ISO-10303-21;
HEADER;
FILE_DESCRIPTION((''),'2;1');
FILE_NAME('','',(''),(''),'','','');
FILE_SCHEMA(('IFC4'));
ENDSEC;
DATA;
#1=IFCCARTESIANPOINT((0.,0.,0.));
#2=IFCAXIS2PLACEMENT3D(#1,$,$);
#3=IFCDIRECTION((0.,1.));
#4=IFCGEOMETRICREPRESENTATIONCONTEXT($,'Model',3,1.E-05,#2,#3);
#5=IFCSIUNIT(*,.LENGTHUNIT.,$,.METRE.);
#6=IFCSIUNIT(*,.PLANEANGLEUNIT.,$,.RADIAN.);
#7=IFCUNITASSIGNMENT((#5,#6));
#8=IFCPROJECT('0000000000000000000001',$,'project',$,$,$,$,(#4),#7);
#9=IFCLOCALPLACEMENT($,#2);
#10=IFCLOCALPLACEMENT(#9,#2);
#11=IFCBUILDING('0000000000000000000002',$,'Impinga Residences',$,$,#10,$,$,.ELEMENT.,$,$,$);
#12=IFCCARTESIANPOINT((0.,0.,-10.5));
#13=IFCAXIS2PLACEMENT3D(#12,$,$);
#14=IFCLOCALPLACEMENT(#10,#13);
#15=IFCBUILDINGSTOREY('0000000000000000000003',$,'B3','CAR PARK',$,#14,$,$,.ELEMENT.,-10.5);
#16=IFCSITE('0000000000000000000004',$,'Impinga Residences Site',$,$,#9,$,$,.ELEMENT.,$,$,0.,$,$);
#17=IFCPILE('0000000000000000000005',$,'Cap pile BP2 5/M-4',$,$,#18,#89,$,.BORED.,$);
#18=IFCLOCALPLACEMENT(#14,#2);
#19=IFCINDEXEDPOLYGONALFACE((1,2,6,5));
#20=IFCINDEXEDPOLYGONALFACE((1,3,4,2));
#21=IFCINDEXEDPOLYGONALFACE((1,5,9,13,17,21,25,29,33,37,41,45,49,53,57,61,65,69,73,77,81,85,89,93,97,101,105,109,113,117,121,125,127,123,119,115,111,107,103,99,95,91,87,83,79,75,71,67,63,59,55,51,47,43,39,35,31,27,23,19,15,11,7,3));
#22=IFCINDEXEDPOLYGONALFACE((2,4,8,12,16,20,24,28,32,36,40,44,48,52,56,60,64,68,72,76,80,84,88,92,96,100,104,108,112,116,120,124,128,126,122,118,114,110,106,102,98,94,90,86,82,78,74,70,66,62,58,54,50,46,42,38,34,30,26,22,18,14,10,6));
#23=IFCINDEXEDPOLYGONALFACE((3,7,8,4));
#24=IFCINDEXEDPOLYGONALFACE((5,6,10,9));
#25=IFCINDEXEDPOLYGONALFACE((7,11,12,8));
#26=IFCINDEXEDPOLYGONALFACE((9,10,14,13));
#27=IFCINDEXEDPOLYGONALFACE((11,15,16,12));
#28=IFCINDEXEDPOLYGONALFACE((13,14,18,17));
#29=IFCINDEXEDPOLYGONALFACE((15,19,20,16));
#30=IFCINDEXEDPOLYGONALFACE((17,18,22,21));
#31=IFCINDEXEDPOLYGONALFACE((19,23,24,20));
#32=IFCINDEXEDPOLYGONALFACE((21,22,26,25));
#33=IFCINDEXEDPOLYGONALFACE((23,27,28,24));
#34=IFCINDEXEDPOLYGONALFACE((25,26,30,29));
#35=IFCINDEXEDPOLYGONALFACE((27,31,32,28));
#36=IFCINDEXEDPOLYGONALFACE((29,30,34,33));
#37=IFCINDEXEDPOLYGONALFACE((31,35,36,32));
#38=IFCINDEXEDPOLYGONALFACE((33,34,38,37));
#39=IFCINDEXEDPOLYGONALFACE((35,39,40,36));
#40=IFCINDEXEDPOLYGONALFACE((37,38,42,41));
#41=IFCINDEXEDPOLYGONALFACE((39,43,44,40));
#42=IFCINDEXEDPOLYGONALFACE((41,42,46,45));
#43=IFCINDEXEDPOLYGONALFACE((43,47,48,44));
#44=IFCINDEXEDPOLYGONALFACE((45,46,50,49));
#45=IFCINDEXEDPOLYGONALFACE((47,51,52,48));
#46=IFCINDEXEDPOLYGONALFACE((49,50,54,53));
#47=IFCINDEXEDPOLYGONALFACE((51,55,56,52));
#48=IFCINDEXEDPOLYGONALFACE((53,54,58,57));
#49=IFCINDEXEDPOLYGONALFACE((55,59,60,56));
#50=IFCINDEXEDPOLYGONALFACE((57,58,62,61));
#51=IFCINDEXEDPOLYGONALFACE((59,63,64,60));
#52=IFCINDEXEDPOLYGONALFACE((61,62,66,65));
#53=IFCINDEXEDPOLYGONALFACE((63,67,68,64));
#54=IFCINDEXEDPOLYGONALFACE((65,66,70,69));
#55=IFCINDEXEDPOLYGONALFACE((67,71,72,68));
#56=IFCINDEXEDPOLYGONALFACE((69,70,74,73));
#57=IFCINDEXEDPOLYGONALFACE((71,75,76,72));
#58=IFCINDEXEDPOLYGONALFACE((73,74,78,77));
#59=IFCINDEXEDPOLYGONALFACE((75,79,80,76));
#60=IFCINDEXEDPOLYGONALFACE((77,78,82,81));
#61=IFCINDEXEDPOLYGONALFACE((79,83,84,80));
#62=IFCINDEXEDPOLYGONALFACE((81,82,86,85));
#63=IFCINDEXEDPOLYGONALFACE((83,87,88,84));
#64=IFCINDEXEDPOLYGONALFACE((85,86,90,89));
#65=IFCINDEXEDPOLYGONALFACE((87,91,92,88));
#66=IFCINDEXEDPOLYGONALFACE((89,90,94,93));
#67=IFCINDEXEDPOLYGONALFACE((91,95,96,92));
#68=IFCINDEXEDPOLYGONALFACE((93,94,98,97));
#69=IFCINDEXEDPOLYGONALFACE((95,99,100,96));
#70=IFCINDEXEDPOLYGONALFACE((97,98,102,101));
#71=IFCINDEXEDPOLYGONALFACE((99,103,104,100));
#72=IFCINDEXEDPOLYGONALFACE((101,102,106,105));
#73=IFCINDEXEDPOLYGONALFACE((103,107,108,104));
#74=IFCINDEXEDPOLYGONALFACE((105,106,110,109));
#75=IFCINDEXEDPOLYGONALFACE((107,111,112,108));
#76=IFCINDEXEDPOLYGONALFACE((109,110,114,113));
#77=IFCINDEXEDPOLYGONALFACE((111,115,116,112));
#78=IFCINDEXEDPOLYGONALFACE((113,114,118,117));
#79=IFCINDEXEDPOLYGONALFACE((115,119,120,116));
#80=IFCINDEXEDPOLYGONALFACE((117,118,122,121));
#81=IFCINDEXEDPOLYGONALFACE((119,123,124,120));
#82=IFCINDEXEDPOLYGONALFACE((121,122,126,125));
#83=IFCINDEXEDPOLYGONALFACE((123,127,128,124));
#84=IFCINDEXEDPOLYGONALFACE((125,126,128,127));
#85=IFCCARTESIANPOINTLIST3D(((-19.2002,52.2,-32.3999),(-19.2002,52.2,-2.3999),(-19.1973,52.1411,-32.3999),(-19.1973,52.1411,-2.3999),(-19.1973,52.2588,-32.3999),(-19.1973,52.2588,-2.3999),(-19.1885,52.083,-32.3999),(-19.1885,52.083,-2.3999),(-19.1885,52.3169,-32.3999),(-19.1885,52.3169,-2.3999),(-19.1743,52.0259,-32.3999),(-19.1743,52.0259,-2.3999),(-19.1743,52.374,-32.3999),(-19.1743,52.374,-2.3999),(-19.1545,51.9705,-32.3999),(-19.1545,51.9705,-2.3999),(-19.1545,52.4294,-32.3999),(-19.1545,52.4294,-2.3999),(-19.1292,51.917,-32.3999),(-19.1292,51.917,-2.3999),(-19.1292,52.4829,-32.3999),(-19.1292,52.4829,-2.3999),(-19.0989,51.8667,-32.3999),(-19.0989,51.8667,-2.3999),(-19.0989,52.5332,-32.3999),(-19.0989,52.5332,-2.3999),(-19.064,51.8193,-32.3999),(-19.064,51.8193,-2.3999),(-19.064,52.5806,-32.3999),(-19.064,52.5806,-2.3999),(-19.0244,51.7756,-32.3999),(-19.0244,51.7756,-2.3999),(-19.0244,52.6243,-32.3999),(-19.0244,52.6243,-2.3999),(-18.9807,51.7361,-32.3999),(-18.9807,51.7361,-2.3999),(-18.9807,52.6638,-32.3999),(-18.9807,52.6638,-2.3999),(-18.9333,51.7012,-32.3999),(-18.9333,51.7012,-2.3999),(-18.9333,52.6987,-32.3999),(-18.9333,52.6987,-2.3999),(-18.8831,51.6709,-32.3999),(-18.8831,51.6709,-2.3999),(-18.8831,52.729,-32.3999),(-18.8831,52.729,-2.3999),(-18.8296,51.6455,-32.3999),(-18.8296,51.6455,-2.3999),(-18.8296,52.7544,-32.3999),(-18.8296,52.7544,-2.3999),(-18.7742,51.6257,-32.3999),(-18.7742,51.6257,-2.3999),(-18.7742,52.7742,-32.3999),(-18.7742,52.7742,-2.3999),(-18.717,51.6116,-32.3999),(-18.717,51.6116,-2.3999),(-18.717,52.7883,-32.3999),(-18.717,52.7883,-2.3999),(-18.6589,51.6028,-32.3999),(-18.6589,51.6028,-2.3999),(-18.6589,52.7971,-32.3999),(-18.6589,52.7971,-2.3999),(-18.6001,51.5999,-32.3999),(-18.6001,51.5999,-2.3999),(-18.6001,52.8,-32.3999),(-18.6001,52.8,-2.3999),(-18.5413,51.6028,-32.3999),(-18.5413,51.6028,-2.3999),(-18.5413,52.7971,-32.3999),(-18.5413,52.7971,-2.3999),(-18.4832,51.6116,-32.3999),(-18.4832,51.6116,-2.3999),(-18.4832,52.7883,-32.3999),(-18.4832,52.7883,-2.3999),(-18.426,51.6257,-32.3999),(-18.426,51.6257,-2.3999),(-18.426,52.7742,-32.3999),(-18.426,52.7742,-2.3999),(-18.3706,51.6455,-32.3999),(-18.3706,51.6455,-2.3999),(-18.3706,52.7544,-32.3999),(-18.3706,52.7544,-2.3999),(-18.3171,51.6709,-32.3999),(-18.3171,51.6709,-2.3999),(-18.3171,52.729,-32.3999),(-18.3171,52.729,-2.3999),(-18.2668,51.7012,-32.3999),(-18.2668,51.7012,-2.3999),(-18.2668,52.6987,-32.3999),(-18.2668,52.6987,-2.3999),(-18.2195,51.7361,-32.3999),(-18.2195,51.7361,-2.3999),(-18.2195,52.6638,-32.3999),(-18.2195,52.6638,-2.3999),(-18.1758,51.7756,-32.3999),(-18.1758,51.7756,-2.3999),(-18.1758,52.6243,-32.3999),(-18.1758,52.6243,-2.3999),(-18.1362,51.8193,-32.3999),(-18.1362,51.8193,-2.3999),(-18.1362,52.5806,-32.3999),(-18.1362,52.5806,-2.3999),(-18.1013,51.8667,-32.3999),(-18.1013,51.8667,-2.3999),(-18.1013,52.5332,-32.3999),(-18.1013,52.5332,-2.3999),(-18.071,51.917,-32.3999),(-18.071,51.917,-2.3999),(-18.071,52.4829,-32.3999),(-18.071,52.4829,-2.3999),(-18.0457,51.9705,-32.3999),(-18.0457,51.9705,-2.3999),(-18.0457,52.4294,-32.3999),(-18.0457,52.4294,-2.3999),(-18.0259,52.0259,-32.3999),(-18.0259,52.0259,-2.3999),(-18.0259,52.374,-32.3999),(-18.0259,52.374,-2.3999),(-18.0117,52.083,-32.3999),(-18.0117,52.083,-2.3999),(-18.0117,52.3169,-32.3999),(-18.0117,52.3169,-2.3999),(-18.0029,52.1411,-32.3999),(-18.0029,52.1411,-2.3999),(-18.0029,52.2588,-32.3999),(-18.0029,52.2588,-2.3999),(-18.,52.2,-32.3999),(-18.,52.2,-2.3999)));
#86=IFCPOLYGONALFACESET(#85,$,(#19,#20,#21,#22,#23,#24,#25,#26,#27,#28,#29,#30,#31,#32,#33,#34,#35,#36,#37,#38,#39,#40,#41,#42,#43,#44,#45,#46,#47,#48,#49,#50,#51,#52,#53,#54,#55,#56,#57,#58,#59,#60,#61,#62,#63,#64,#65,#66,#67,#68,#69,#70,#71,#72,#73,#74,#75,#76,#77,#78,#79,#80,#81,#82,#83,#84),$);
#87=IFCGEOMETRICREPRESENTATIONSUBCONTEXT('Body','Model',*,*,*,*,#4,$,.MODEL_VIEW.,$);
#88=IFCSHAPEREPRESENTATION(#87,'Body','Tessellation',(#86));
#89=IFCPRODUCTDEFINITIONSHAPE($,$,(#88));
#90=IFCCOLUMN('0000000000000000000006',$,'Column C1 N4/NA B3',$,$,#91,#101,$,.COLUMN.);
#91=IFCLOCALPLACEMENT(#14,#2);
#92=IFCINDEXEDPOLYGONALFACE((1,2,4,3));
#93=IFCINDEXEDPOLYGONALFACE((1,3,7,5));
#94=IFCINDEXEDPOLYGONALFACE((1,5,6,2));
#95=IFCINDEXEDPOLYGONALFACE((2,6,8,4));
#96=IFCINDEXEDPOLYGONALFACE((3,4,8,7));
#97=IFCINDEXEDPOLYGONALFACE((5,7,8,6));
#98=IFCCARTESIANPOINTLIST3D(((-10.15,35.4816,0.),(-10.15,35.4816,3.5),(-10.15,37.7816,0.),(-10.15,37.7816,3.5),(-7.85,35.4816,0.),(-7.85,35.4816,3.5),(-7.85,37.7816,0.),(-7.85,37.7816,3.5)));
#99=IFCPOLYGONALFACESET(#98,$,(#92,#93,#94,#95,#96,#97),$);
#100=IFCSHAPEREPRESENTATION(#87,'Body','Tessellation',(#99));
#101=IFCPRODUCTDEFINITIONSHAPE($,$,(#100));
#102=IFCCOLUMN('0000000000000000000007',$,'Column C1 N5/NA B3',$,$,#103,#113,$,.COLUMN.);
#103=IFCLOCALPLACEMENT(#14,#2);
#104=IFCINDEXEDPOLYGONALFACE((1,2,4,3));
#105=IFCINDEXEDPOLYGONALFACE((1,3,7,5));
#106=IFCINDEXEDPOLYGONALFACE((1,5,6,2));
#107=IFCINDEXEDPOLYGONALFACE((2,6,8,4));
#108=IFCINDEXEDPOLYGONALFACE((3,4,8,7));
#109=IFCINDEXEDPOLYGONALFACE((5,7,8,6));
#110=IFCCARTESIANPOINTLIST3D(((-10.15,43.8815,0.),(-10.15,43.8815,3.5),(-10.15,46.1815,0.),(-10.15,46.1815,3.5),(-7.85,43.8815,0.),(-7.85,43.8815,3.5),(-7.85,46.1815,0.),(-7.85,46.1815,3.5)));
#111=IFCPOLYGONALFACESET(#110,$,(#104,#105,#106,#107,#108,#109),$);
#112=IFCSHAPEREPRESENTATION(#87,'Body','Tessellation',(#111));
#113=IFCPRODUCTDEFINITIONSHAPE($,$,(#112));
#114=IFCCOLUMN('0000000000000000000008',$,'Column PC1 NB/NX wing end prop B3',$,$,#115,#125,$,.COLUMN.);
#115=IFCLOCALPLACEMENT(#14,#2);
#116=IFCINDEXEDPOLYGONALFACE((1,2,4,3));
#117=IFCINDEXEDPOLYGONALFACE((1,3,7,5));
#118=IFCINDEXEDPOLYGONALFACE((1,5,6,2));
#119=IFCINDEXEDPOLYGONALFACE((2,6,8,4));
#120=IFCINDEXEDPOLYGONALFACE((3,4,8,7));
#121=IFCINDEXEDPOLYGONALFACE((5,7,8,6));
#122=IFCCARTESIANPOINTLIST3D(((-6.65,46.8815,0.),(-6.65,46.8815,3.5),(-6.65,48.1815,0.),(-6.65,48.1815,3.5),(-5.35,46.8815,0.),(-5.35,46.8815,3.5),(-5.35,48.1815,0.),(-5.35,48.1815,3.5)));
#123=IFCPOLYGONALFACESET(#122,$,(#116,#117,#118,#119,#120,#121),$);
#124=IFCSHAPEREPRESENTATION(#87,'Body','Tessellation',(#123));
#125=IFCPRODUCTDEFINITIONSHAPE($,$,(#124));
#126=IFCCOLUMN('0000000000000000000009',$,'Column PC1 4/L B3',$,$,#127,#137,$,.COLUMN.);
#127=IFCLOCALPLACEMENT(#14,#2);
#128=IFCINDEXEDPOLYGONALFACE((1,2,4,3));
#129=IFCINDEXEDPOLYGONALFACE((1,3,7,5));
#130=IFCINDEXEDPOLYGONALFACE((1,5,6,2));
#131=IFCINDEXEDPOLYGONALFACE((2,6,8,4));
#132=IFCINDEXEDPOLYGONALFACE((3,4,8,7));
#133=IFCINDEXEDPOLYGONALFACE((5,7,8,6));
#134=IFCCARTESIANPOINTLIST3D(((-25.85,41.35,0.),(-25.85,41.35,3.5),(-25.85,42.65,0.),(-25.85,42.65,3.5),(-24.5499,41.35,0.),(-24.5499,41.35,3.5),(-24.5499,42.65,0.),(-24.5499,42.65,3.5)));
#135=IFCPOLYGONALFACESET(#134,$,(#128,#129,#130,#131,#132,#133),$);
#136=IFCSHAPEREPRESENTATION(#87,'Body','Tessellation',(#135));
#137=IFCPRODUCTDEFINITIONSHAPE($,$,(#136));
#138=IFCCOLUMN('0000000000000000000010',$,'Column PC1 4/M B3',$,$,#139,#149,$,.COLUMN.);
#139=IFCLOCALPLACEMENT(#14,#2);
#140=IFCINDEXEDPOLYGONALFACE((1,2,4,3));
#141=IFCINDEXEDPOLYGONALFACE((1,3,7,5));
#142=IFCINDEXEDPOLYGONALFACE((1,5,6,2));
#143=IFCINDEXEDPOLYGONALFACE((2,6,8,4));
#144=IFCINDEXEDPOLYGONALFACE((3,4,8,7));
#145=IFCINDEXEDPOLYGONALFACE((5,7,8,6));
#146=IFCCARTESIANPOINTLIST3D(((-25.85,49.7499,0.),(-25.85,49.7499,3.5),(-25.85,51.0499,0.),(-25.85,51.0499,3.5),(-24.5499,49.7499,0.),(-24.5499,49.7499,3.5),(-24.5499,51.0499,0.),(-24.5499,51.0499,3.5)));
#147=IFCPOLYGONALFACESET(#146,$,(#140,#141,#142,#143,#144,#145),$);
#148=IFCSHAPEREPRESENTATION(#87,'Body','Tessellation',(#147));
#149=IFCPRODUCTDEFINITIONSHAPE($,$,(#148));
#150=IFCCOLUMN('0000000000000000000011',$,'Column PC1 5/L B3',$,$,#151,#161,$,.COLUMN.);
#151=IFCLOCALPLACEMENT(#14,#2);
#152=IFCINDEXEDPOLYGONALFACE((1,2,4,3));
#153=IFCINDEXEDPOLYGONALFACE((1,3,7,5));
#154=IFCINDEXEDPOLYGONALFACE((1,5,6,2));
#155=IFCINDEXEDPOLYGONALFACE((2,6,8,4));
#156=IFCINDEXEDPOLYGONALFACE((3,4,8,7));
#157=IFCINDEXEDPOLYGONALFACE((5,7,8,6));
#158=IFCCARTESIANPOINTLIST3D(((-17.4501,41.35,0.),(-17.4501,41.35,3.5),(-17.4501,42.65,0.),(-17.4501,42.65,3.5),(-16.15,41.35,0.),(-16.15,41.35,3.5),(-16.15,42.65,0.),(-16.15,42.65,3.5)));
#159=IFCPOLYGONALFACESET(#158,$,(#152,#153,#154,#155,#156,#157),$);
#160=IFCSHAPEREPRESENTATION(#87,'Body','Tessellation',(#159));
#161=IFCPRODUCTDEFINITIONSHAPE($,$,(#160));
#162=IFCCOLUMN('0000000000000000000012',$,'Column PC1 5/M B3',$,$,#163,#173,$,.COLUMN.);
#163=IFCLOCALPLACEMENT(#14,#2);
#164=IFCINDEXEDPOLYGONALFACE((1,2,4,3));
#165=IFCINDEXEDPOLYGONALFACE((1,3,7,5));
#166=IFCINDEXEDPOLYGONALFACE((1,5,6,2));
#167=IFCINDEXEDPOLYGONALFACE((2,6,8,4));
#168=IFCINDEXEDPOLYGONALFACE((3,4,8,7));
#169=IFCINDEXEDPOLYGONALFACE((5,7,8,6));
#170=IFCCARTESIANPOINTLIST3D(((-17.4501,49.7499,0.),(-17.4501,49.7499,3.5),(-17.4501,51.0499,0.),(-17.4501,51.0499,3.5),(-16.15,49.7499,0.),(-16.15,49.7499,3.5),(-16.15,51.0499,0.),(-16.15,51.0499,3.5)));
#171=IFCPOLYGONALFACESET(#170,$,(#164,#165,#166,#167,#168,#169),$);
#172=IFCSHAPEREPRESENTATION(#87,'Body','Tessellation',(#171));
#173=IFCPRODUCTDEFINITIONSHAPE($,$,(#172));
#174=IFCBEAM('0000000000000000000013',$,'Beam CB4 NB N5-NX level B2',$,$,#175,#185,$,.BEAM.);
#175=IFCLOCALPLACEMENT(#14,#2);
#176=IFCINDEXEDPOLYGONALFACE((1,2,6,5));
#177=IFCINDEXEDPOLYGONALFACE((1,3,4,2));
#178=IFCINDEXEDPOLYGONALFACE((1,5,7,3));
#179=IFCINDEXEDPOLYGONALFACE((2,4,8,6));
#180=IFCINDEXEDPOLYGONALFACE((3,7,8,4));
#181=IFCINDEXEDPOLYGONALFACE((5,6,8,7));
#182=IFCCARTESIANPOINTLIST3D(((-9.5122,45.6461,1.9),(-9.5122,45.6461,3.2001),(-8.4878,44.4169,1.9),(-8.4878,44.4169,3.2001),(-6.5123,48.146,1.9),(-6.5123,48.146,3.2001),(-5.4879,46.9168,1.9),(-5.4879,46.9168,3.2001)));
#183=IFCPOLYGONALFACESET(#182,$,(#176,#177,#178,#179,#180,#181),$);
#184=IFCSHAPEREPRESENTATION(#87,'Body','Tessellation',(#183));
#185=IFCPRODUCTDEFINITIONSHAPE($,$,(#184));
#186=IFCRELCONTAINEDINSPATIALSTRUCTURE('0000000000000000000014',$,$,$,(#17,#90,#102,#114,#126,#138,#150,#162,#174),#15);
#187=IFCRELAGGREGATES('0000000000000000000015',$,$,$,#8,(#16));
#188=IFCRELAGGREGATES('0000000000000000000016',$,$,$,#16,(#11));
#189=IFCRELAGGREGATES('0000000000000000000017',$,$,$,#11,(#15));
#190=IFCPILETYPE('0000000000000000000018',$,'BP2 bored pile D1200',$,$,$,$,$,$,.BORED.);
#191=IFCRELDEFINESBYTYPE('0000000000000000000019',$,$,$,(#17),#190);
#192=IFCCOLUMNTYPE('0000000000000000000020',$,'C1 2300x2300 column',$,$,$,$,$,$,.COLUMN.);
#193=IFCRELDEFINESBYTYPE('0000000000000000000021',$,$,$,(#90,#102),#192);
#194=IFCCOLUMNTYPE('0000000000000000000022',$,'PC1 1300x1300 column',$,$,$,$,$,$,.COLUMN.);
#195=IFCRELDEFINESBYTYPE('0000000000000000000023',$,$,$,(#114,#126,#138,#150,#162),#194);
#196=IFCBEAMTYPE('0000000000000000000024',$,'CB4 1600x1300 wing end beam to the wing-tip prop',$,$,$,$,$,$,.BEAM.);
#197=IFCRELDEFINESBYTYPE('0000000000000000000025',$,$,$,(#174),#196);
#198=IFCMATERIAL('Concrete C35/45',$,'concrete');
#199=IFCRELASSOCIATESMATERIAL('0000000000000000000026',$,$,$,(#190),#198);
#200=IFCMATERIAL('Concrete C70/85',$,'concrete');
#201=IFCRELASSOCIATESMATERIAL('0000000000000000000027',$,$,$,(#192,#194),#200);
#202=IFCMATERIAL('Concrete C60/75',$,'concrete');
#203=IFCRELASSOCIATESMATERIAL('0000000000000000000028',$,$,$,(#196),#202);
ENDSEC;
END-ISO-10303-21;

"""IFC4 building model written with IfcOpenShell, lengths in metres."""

from ifc_helpers import new_model, si_unit, direction, frame, origin, origin_2d, place, context, subcontext, project, spatial, polyline, rectangle, circle, outline, extrude, material, material_profile, profile_set, type_object, element, save


model = new_model("IFC4")

# Units and contexts
model_context = context("Model", 3, precision=1e-05, world=origin(), true_north=direction((0.0, 1.0)))
body_context = subcontext(model_context, "Body", "Model", "MODEL_VIEW")
ifc_project = project(units=[si_unit("LENGTHUNIT", "METRE"), si_unit("PLANEANGLEUNIT", "RADIAN")], contexts=[model_context])

# Site, building, storey
site_placement = place(None, origin())
site = spatial("IfcSite", under=ifc_project, at=site_placement, Name="Impinga Residences Site", CompositionType="ELEMENT", RefElevation=0.0)
building_placement = place(site_placement, origin())
building = spatial("IfcBuilding", under=site, at=building_placement, Name="Impinga Residences", CompositionType="ELEMENT")
storey_placement = place(building_placement, frame((0.0, 0.0, -10.5)))
storey = spatial("IfcBuildingStorey", under=building, at=storey_placement, Name="B3", Description="CAR PARK", CompositionType="ELEMENT", Elevation=-10.5)

# Pile
ifc_material_1 = material(Name="Concrete C35/45", Category="concrete")
ifc_material_profile_1 = material_profile(ifc_material_1, circle(Radius=0.6001, at=origin_2d()), Name="D1200")
ifc_profile_set_1 = profile_set([ifc_material_profile_1], Name="Concrete C35/45")
pile_type_1 = type_object("IfcPileType", Name="BP2 bored pile D1200", PredefinedType="BORED", material=ifc_profile_set_1)
pile_1_placement = place(storey_placement, frame((-18.6001, 52.2, -2.3999), z_axis=(0.0, 0.0, -1.0), x_axis=(1.0, 0.0, 0.0)))
element("IfcPile", 1, at=pile_1_placement, inside=storey, type_object=pile_type_1, Name="Cap pile BP2 5/M-4", PredefinedType="BORED", context=body_context, shape_type="SweptSolid", body=[
    extrude(outline(polyline([(0.6001, 0.0), (0.5972, 0.0588), (0.5884, 0.1169), (0.5742, 0.1741), (0.5544, 0.2295), (0.5291, 0.283), (0.4988, 0.3333), (0.4639, 0.3806), (0.4243, 0.4243), (0.3806, 0.4639), (0.3333, 0.4988), (0.283, 0.5291), (0.2295, 0.5544), (0.1741, 0.5742), (0.1169, 0.5884), (0.0588, 0.5972), (0.0, 0.6001), (-0.0588, 0.5972), (-0.1169, 0.5884), (-0.1741, 0.5742), (-0.2295, 0.5544), (-0.283, 0.5291), (-0.3333, 0.4988), (-0.3806, 0.4639), (-0.4243, 0.4243), (-0.4639, 0.3806), (-0.4988, 0.3333), (-0.5291, 0.283), (-0.5544, 0.2295), (-0.5742, 0.1741), (-0.5884, 0.1169), (-0.5972, 0.0588), (-0.6001, 0.0), (-0.5972, -0.0588), (-0.5884, -0.1169), (-0.5742, -0.1741), (-0.5544, -0.2295), (-0.5291, -0.283), (-0.4988, -0.3333), (-0.4639, -0.3806), (-0.4243, -0.4243), (-0.3806, -0.4639), (-0.3333, -0.4988), (-0.283, -0.5291), (-0.2295, -0.5544), (-0.1741, -0.5742), (-0.1169, -0.5884), (-0.0588, -0.5972), (0.0, -0.6001), (0.0588, -0.5972), (0.1169, -0.5884), (0.1741, -0.5742), (0.2295, -0.5544), (0.283, -0.5291), (0.3333, -0.4988), (0.3806, -0.4639), (0.4243, -0.4243), (0.4639, -0.3806), (0.4988, -0.3333), (0.5291, -0.283), (0.5544, -0.2295), (0.5742, -0.1741), (0.5884, -0.1169), (0.5972, -0.0588), (0.6001, 0.0)])), origin(), (0.0, 0.0, 1.0), 30.0),
])

# Columns
ifc_material_2 = material(Name="Concrete C70/85", Category="concrete")
ifc_material_profile_2 = material_profile(ifc_material_2, rectangle(XDim=2.3, YDim=2.3, at=origin_2d()), Name="RC 2300x2300")
ifc_profile_set_2 = profile_set([ifc_material_profile_2], Name="Concrete C70/85")
column_type_1 = type_object("IfcColumnType", Name="C1 2300x2300 column", PredefinedType="COLUMN", material=ifc_profile_set_2)
for number, where, z_axis, x_axis, name in (
    (2, (-9.0, 36.6316, 0.0), (0.0, 0.0, 1.0), (1.0, 0.0, 0.0), "Column C1 N4/NA B3"),
    (3, (-9.0, 45.0315, 0.0), (0.0, 0.0, 1.0), (1.0, 0.0, 0.0), "Column C1 N5/NA B3"),
):
    element("IfcColumn", number, at=place(storey_placement, frame(where, z_axis=z_axis, x_axis=x_axis)), inside=storey, type_object=column_type_1, Name=name, PredefinedType="COLUMN", context=body_context, shape_type="SweptSolid", body=[
        extrude(rectangle(XDim=2.3, YDim=2.3, at=origin_2d()), origin(), (0.0, 0.0, 1.0), 3.5),
    ])
ifc_material_profile_3 = material_profile(ifc_material_2, rectangle(XDim=1.3, YDim=1.3, at=origin_2d()), Name="RC 1300x1300")
ifc_profile_set_3 = profile_set([ifc_material_profile_3], Name="Concrete C70/85")
column_type_2 = type_object("IfcColumnType", Name="PC1 1300x1300 column", PredefinedType="COLUMN", material=ifc_profile_set_3)
for number, where, z_axis, x_axis, name in (
    (4, (-6.0, 47.5315, 0.0), (0.0, 0.0, 1.0), (1.0, 0.0, 0.0), "Column PC1 NB/NX wing end prop B3"),
    (5, (-25.2, 42.0, 0.0), (0.0, 0.0, 1.0), (1.0, 0.0, 0.0), "Column PC1 4/L B3"),
    (6, (-25.2, 50.3999, 0.0), (0.0, 0.0, 1.0), (1.0, 0.0, 0.0), "Column PC1 4/M B3"),
    (7, (-16.8, 42.0, 0.0), (0.0, 0.0, 1.0), (1.0, 0.0, 0.0), "Column PC1 5/L B3"),
    (8, (-16.8, 50.3999, 0.0), (0.0, 0.0, 1.0), (1.0, 0.0, 0.0), "Column PC1 5/M B3"),
):
    element("IfcColumn", number, at=place(storey_placement, frame(where, z_axis=z_axis, x_axis=x_axis)), inside=storey, type_object=column_type_2, Name=name, PredefinedType="COLUMN", context=body_context, shape_type="SweptSolid", body=[
        extrude(rectangle(XDim=1.3, YDim=1.3, at=origin_2d()), origin(), (0.0, 0.0, 1.0), 3.5),
    ])

# Beam
ifc_material_3 = material(Name="Concrete C60/75", Category="concrete")
ifc_material_profile_4 = material_profile(ifc_material_3, rectangle(XDim=1.6001, YDim=1.3, at=origin_2d()), Name="RC 1600x1300")
ifc_profile_set_4 = profile_set([ifc_material_profile_4], Name="Concrete C60/75")
beam_type_1 = type_object("IfcBeamType", Name="CB4 1600x1300 wing end beam to the wing-tip prop", PredefinedType="BEAM", material=ifc_profile_set_4)
beam_1_placement = place(storey_placement, frame((-9.0, 45.0315, 2.55), z_axis=(0.768221, 0.640184, 0.0), x_axis=(-0.640184, 0.768221, 0.0)))
element("IfcBeam", 9, at=beam_1_placement, inside=storey, type_object=beam_type_1, Name="Beam CB4 NB N5-NX level B2", PredefinedType="BEAM", context=body_context, shape_type="SweptSolid", body=[
    extrude(rectangle(XDim=1.6001, YDim=1.3, at=origin_2d()), origin(), (0.0, 0.0, 1.0), 3.905),
])

save(model, "model.ifc")
